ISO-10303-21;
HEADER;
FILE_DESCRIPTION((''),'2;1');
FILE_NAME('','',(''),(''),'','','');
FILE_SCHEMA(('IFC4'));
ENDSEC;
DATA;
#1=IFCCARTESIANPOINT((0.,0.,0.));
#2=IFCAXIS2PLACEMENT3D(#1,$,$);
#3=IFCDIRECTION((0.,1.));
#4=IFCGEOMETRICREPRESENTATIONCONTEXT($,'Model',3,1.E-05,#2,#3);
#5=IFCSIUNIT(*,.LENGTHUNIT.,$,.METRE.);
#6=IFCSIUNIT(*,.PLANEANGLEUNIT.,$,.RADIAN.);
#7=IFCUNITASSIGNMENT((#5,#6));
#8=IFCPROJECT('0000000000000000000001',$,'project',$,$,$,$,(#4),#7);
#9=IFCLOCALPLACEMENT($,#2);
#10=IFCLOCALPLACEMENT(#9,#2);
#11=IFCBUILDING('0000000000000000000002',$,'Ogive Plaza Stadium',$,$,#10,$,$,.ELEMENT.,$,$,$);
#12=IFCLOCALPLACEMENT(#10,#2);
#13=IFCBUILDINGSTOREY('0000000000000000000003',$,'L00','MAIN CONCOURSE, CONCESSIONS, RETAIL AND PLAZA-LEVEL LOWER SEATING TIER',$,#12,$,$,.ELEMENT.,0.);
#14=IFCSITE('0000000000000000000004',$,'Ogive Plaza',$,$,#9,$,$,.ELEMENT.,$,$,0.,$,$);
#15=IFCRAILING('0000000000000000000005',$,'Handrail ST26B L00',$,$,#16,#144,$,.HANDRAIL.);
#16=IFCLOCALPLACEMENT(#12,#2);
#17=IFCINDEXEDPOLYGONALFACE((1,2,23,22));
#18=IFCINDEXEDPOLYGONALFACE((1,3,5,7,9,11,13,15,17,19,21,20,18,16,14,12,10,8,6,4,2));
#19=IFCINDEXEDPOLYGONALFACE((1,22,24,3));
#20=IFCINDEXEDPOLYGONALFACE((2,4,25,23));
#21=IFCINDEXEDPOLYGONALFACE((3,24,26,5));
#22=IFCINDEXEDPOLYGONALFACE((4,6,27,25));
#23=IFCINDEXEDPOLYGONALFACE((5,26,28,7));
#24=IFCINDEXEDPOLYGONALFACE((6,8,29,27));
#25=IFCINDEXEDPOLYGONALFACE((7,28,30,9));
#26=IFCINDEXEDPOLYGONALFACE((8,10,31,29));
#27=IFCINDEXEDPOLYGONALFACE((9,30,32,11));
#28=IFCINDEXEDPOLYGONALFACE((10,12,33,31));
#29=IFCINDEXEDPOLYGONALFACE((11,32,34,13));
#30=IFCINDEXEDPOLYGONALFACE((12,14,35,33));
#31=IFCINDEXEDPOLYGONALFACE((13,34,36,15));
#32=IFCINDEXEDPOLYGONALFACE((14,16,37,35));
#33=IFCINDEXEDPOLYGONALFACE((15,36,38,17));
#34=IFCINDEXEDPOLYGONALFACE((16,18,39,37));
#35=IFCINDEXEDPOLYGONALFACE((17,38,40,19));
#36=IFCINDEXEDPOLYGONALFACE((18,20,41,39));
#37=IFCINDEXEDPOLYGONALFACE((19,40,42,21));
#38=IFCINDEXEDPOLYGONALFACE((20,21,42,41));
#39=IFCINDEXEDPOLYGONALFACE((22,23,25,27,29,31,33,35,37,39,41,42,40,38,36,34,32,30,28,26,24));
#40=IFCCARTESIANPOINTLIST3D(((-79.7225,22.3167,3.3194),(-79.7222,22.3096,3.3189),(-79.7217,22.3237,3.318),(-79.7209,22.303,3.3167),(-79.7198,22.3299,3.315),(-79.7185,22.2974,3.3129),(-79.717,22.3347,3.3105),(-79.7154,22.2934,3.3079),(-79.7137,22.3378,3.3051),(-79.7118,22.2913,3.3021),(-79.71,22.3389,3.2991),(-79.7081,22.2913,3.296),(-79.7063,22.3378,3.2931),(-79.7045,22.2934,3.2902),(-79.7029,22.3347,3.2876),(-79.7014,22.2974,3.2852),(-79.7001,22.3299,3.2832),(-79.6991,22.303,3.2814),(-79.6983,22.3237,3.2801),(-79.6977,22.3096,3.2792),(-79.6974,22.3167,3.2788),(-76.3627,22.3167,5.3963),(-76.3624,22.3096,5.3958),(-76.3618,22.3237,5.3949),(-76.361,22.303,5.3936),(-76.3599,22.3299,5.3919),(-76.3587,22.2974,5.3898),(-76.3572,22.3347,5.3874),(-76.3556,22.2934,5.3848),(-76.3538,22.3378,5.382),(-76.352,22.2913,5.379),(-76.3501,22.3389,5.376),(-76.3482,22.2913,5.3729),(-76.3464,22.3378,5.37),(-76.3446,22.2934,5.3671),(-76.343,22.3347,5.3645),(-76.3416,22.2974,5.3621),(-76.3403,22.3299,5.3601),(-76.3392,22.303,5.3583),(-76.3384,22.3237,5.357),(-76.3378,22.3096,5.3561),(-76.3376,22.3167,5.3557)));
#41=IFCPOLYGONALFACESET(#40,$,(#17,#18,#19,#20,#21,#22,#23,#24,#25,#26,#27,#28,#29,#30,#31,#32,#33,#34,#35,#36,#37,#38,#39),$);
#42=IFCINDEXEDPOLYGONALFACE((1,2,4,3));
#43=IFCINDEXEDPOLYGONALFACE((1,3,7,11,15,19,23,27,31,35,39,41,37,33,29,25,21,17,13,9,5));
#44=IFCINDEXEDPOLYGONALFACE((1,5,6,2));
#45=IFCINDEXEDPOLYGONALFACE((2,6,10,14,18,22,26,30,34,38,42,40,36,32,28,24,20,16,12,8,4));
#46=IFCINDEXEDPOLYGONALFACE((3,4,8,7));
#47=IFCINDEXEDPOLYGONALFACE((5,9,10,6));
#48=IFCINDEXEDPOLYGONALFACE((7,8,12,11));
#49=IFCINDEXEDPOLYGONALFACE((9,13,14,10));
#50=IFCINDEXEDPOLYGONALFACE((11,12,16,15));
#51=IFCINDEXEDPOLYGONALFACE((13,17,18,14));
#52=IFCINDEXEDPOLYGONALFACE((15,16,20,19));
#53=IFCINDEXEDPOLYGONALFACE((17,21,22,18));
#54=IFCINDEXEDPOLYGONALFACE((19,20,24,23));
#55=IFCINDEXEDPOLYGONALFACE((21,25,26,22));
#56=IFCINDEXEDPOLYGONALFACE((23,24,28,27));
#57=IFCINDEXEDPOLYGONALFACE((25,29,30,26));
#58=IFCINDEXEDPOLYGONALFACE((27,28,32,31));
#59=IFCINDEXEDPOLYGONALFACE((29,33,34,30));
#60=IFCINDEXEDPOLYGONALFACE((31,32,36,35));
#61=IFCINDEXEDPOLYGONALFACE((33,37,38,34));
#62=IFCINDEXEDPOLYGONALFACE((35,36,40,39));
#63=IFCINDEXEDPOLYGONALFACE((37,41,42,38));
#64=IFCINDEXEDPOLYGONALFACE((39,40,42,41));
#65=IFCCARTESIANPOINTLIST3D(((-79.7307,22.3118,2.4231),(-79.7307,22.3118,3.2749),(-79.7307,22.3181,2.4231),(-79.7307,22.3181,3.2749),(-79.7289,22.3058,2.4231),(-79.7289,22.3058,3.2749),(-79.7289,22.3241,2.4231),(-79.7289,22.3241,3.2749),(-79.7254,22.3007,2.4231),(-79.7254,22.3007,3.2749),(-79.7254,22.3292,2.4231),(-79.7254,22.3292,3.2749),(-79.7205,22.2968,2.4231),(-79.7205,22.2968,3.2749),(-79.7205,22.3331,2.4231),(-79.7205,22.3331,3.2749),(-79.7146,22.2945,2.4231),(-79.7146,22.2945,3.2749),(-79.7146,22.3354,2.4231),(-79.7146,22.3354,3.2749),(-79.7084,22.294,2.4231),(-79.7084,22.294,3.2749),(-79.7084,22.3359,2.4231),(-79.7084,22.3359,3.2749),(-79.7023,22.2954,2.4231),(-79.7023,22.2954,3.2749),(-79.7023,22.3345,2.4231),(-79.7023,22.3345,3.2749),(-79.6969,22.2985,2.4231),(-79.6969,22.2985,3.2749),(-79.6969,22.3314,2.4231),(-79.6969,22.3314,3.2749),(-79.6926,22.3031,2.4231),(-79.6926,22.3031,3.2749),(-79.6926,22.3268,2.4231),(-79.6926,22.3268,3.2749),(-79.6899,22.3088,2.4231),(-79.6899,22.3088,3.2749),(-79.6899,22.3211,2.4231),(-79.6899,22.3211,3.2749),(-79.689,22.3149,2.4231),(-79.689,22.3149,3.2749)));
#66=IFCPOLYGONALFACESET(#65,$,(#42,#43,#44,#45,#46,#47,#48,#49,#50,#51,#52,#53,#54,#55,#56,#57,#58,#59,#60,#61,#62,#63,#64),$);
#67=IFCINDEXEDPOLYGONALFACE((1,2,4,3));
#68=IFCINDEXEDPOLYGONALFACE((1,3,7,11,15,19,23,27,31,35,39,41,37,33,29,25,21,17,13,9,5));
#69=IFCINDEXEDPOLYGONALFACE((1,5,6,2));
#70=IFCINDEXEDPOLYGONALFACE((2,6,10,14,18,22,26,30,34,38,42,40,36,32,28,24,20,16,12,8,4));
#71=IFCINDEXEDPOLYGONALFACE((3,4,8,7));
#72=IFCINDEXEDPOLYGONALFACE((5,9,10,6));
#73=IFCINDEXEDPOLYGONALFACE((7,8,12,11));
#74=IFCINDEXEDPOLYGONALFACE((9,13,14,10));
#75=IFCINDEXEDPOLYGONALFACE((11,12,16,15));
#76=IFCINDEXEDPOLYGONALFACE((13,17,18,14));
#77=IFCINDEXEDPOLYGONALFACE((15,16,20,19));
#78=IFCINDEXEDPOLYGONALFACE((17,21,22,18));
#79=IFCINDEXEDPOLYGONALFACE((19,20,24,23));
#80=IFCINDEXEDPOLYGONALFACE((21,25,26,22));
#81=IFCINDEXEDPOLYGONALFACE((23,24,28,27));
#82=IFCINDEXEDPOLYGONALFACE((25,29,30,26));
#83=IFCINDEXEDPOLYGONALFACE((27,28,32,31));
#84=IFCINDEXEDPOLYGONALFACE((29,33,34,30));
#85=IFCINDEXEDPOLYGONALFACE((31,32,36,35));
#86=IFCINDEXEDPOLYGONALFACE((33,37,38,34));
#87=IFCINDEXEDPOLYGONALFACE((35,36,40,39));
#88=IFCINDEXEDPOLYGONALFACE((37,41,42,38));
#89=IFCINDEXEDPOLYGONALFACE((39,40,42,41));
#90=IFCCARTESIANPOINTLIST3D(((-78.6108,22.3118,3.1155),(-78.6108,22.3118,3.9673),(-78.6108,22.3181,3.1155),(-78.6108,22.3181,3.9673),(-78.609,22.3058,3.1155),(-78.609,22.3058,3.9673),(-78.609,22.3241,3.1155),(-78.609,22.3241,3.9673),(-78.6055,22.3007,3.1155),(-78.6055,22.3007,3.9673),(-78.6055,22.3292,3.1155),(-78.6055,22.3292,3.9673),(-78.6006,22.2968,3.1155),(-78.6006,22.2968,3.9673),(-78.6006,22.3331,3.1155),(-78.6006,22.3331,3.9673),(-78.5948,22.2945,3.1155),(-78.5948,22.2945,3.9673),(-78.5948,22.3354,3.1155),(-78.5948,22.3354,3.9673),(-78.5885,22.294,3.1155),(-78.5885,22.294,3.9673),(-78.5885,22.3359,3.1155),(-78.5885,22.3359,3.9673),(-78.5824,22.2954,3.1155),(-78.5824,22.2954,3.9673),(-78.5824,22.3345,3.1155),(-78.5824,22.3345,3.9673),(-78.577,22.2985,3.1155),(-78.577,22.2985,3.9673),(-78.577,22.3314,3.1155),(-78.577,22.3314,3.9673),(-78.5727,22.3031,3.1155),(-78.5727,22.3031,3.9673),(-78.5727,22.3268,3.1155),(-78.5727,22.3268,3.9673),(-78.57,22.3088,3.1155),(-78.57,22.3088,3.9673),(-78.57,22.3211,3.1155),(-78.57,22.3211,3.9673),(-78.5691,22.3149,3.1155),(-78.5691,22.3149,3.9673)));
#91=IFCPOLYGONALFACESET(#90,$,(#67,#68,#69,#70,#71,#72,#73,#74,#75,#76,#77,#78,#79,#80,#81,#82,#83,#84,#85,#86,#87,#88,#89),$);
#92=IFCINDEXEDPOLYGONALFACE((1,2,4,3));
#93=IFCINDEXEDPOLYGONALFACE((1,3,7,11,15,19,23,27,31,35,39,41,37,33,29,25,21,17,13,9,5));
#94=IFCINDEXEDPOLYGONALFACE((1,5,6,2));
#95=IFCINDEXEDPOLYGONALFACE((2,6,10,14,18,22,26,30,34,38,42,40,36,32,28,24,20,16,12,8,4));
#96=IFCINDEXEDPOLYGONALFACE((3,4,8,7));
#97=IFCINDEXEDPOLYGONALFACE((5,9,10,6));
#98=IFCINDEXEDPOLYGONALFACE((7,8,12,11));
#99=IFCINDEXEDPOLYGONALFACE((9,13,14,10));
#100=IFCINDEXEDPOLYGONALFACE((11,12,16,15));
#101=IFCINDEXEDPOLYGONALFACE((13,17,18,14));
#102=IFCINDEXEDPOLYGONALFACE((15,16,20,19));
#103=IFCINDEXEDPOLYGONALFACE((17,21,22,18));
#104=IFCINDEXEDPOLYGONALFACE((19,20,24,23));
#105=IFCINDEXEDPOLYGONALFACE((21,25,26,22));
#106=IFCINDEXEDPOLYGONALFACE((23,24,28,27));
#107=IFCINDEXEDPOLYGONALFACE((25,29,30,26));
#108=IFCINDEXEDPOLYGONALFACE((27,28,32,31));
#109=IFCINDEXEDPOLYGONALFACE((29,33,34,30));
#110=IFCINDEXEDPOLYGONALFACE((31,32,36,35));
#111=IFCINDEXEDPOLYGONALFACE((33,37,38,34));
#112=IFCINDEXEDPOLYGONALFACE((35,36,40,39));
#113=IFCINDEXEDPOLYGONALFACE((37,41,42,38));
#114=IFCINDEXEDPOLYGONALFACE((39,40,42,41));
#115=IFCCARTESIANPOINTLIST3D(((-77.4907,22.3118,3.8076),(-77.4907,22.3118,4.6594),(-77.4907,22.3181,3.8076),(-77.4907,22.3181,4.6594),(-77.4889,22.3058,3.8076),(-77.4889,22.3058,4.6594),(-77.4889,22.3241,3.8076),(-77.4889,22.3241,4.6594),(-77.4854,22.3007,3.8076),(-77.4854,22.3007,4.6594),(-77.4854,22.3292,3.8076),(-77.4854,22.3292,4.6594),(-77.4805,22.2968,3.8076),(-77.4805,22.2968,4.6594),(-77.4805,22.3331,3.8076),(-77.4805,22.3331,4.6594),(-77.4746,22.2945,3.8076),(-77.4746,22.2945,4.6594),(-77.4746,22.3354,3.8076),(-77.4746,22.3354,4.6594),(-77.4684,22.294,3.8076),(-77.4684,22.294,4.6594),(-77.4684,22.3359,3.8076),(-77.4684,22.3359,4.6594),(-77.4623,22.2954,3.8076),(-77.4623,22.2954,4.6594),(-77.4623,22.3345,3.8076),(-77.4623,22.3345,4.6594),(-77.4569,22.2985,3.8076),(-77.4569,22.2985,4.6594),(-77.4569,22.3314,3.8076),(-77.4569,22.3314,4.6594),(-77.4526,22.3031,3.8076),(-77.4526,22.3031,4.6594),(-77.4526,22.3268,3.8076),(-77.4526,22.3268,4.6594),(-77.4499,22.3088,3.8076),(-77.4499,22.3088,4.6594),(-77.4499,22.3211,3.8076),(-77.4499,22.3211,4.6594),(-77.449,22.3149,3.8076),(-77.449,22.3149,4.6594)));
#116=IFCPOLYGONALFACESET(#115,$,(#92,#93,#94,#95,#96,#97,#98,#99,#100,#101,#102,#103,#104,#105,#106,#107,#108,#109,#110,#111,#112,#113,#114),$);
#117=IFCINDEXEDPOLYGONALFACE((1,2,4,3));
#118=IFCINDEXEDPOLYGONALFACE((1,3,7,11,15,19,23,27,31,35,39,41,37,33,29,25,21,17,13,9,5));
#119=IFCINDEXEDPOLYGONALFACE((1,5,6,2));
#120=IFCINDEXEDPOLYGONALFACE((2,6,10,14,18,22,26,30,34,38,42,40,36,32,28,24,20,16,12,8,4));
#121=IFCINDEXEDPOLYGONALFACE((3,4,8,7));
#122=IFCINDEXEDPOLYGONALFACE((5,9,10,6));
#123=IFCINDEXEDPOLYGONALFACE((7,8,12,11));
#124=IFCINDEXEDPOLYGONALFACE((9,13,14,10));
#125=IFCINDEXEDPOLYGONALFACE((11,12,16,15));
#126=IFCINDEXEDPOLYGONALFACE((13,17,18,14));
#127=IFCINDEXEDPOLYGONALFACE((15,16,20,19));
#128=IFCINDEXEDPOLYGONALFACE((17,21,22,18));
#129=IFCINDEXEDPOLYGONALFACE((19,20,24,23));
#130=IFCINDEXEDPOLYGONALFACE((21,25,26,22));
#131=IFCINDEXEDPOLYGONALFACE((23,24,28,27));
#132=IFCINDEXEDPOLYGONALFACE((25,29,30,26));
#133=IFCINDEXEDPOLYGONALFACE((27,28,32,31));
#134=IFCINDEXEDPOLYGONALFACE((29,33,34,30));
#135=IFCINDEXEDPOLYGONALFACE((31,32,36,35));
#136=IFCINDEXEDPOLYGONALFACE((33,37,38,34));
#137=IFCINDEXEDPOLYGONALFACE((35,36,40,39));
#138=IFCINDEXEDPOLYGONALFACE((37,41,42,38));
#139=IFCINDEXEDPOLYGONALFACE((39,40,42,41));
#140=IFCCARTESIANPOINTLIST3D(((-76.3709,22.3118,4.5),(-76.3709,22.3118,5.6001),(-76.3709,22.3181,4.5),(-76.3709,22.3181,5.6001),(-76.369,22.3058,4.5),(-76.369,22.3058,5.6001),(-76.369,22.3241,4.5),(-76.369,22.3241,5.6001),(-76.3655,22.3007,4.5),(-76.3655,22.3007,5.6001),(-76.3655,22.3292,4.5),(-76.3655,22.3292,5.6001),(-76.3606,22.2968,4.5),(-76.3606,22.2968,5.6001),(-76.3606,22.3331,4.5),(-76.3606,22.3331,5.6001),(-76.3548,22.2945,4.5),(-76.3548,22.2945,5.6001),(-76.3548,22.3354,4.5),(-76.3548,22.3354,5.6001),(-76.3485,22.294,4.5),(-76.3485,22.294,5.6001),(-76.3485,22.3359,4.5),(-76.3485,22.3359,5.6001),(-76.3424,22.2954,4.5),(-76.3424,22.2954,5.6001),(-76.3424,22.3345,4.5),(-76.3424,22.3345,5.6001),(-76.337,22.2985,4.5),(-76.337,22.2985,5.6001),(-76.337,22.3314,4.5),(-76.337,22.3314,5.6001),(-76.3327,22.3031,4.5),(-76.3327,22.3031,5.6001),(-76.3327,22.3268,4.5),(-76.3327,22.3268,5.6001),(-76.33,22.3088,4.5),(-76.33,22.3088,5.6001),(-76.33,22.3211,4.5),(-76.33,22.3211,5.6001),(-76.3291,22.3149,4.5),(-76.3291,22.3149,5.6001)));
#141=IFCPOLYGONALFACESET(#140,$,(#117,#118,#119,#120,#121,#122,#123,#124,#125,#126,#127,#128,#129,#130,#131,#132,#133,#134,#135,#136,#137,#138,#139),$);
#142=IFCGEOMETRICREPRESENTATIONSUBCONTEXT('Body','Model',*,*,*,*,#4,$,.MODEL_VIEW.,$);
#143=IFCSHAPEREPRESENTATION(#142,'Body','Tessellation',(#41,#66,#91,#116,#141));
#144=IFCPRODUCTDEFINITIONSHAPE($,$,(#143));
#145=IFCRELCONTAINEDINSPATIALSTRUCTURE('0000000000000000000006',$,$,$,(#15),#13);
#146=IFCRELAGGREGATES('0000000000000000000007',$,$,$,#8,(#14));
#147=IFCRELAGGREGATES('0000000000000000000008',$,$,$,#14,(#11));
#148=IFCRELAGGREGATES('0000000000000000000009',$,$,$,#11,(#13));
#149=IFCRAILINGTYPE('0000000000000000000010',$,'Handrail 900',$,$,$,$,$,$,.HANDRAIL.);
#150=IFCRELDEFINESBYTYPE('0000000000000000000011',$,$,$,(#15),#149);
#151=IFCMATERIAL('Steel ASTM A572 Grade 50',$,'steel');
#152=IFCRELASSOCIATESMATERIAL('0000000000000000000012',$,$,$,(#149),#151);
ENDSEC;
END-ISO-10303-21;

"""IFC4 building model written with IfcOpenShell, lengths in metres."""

from ifc_helpers import new_model, si_unit, direction, frame, origin, origin_2d, place, context, subcontext, project, spatial, circle, extrude, material, type_object, element, save


model = new_model("IFC4")

# Units and contexts
model_context = context("Model", 3, precision=1e-05, world=origin(), true_north=direction((0.0, 1.0)))
body_context = subcontext(model_context, "Body", "Model", "MODEL_VIEW")
ifc_project = project(units=[si_unit("LENGTHUNIT", "METRE"), si_unit("PLANEANGLEUNIT", "RADIAN")], contexts=[model_context])

# Site, building, storey
site_placement = place(None, origin())
site = spatial("IfcSite", under=ifc_project, at=site_placement, Name="Ogive Plaza", CompositionType="ELEMENT", RefElevation=0.0)
building_placement = place(site_placement, origin())
building = spatial("IfcBuilding", under=site, at=building_placement, Name="Ogive Plaza Stadium", CompositionType="ELEMENT")
storey_placement = place(building_placement, origin())
storey = spatial("IfcBuildingStorey", under=building, at=storey_placement, Name="L00", Description="MAIN CONCOURSE, CONCESSIONS, RETAIL AND PLAZA-LEVEL LOWER SEATING TIER", CompositionType="ELEMENT", Elevation=0.0)

# Railing
ifc_material_1 = material(Name="Steel ASTM A572 Grade 50", Category="steel")
railing_type_1 = type_object("IfcRailingType", Name="Handrail 900", PredefinedType="HANDRAIL", material=ifc_material_1)
for number, where, name in (
    (1, (-79.71, 22.3149, 2.4231), "Handrail ST26B L00"),
):
    element("IfcRailing", number, at=place(storey_placement, frame(where)), inside=storey, type_object=railing_type_1, Name=name, PredefinedType="HANDRAIL", context=body_context, shape_type="SweptSolid", body=[
        extrude(circle(Radius=0.0239, at=origin_2d()), frame((0.0, 0.0, 0.876), z_axis=(0.850606, 0.0, 0.525803), x_axis=(0.0, 1.0, 0.0)), (0.0, 0.0, 1.0), 3.95),
        extrude(circle(Radius=0.021, at=origin_2d()), origin(), (0.0, 0.0, 1.0), 0.8518),
        extrude(circle(Radius=0.021, at=origin_2d()), frame((1.1199, 0.0, 0.6924)), (0.0, 0.0, 1.0), 0.8518),
        extrude(circle(Radius=0.021, at=origin_2d()), frame((2.24, 0.0, 1.3845)), (0.0, 0.0, 1.0), 0.8518),
        extrude(circle(Radius=0.021, at=origin_2d()), frame((3.3599, 0.0, 2.0769)), (0.0, 0.0, 1.0), 1.1001),
    ])

save(model, "model.ifc")
